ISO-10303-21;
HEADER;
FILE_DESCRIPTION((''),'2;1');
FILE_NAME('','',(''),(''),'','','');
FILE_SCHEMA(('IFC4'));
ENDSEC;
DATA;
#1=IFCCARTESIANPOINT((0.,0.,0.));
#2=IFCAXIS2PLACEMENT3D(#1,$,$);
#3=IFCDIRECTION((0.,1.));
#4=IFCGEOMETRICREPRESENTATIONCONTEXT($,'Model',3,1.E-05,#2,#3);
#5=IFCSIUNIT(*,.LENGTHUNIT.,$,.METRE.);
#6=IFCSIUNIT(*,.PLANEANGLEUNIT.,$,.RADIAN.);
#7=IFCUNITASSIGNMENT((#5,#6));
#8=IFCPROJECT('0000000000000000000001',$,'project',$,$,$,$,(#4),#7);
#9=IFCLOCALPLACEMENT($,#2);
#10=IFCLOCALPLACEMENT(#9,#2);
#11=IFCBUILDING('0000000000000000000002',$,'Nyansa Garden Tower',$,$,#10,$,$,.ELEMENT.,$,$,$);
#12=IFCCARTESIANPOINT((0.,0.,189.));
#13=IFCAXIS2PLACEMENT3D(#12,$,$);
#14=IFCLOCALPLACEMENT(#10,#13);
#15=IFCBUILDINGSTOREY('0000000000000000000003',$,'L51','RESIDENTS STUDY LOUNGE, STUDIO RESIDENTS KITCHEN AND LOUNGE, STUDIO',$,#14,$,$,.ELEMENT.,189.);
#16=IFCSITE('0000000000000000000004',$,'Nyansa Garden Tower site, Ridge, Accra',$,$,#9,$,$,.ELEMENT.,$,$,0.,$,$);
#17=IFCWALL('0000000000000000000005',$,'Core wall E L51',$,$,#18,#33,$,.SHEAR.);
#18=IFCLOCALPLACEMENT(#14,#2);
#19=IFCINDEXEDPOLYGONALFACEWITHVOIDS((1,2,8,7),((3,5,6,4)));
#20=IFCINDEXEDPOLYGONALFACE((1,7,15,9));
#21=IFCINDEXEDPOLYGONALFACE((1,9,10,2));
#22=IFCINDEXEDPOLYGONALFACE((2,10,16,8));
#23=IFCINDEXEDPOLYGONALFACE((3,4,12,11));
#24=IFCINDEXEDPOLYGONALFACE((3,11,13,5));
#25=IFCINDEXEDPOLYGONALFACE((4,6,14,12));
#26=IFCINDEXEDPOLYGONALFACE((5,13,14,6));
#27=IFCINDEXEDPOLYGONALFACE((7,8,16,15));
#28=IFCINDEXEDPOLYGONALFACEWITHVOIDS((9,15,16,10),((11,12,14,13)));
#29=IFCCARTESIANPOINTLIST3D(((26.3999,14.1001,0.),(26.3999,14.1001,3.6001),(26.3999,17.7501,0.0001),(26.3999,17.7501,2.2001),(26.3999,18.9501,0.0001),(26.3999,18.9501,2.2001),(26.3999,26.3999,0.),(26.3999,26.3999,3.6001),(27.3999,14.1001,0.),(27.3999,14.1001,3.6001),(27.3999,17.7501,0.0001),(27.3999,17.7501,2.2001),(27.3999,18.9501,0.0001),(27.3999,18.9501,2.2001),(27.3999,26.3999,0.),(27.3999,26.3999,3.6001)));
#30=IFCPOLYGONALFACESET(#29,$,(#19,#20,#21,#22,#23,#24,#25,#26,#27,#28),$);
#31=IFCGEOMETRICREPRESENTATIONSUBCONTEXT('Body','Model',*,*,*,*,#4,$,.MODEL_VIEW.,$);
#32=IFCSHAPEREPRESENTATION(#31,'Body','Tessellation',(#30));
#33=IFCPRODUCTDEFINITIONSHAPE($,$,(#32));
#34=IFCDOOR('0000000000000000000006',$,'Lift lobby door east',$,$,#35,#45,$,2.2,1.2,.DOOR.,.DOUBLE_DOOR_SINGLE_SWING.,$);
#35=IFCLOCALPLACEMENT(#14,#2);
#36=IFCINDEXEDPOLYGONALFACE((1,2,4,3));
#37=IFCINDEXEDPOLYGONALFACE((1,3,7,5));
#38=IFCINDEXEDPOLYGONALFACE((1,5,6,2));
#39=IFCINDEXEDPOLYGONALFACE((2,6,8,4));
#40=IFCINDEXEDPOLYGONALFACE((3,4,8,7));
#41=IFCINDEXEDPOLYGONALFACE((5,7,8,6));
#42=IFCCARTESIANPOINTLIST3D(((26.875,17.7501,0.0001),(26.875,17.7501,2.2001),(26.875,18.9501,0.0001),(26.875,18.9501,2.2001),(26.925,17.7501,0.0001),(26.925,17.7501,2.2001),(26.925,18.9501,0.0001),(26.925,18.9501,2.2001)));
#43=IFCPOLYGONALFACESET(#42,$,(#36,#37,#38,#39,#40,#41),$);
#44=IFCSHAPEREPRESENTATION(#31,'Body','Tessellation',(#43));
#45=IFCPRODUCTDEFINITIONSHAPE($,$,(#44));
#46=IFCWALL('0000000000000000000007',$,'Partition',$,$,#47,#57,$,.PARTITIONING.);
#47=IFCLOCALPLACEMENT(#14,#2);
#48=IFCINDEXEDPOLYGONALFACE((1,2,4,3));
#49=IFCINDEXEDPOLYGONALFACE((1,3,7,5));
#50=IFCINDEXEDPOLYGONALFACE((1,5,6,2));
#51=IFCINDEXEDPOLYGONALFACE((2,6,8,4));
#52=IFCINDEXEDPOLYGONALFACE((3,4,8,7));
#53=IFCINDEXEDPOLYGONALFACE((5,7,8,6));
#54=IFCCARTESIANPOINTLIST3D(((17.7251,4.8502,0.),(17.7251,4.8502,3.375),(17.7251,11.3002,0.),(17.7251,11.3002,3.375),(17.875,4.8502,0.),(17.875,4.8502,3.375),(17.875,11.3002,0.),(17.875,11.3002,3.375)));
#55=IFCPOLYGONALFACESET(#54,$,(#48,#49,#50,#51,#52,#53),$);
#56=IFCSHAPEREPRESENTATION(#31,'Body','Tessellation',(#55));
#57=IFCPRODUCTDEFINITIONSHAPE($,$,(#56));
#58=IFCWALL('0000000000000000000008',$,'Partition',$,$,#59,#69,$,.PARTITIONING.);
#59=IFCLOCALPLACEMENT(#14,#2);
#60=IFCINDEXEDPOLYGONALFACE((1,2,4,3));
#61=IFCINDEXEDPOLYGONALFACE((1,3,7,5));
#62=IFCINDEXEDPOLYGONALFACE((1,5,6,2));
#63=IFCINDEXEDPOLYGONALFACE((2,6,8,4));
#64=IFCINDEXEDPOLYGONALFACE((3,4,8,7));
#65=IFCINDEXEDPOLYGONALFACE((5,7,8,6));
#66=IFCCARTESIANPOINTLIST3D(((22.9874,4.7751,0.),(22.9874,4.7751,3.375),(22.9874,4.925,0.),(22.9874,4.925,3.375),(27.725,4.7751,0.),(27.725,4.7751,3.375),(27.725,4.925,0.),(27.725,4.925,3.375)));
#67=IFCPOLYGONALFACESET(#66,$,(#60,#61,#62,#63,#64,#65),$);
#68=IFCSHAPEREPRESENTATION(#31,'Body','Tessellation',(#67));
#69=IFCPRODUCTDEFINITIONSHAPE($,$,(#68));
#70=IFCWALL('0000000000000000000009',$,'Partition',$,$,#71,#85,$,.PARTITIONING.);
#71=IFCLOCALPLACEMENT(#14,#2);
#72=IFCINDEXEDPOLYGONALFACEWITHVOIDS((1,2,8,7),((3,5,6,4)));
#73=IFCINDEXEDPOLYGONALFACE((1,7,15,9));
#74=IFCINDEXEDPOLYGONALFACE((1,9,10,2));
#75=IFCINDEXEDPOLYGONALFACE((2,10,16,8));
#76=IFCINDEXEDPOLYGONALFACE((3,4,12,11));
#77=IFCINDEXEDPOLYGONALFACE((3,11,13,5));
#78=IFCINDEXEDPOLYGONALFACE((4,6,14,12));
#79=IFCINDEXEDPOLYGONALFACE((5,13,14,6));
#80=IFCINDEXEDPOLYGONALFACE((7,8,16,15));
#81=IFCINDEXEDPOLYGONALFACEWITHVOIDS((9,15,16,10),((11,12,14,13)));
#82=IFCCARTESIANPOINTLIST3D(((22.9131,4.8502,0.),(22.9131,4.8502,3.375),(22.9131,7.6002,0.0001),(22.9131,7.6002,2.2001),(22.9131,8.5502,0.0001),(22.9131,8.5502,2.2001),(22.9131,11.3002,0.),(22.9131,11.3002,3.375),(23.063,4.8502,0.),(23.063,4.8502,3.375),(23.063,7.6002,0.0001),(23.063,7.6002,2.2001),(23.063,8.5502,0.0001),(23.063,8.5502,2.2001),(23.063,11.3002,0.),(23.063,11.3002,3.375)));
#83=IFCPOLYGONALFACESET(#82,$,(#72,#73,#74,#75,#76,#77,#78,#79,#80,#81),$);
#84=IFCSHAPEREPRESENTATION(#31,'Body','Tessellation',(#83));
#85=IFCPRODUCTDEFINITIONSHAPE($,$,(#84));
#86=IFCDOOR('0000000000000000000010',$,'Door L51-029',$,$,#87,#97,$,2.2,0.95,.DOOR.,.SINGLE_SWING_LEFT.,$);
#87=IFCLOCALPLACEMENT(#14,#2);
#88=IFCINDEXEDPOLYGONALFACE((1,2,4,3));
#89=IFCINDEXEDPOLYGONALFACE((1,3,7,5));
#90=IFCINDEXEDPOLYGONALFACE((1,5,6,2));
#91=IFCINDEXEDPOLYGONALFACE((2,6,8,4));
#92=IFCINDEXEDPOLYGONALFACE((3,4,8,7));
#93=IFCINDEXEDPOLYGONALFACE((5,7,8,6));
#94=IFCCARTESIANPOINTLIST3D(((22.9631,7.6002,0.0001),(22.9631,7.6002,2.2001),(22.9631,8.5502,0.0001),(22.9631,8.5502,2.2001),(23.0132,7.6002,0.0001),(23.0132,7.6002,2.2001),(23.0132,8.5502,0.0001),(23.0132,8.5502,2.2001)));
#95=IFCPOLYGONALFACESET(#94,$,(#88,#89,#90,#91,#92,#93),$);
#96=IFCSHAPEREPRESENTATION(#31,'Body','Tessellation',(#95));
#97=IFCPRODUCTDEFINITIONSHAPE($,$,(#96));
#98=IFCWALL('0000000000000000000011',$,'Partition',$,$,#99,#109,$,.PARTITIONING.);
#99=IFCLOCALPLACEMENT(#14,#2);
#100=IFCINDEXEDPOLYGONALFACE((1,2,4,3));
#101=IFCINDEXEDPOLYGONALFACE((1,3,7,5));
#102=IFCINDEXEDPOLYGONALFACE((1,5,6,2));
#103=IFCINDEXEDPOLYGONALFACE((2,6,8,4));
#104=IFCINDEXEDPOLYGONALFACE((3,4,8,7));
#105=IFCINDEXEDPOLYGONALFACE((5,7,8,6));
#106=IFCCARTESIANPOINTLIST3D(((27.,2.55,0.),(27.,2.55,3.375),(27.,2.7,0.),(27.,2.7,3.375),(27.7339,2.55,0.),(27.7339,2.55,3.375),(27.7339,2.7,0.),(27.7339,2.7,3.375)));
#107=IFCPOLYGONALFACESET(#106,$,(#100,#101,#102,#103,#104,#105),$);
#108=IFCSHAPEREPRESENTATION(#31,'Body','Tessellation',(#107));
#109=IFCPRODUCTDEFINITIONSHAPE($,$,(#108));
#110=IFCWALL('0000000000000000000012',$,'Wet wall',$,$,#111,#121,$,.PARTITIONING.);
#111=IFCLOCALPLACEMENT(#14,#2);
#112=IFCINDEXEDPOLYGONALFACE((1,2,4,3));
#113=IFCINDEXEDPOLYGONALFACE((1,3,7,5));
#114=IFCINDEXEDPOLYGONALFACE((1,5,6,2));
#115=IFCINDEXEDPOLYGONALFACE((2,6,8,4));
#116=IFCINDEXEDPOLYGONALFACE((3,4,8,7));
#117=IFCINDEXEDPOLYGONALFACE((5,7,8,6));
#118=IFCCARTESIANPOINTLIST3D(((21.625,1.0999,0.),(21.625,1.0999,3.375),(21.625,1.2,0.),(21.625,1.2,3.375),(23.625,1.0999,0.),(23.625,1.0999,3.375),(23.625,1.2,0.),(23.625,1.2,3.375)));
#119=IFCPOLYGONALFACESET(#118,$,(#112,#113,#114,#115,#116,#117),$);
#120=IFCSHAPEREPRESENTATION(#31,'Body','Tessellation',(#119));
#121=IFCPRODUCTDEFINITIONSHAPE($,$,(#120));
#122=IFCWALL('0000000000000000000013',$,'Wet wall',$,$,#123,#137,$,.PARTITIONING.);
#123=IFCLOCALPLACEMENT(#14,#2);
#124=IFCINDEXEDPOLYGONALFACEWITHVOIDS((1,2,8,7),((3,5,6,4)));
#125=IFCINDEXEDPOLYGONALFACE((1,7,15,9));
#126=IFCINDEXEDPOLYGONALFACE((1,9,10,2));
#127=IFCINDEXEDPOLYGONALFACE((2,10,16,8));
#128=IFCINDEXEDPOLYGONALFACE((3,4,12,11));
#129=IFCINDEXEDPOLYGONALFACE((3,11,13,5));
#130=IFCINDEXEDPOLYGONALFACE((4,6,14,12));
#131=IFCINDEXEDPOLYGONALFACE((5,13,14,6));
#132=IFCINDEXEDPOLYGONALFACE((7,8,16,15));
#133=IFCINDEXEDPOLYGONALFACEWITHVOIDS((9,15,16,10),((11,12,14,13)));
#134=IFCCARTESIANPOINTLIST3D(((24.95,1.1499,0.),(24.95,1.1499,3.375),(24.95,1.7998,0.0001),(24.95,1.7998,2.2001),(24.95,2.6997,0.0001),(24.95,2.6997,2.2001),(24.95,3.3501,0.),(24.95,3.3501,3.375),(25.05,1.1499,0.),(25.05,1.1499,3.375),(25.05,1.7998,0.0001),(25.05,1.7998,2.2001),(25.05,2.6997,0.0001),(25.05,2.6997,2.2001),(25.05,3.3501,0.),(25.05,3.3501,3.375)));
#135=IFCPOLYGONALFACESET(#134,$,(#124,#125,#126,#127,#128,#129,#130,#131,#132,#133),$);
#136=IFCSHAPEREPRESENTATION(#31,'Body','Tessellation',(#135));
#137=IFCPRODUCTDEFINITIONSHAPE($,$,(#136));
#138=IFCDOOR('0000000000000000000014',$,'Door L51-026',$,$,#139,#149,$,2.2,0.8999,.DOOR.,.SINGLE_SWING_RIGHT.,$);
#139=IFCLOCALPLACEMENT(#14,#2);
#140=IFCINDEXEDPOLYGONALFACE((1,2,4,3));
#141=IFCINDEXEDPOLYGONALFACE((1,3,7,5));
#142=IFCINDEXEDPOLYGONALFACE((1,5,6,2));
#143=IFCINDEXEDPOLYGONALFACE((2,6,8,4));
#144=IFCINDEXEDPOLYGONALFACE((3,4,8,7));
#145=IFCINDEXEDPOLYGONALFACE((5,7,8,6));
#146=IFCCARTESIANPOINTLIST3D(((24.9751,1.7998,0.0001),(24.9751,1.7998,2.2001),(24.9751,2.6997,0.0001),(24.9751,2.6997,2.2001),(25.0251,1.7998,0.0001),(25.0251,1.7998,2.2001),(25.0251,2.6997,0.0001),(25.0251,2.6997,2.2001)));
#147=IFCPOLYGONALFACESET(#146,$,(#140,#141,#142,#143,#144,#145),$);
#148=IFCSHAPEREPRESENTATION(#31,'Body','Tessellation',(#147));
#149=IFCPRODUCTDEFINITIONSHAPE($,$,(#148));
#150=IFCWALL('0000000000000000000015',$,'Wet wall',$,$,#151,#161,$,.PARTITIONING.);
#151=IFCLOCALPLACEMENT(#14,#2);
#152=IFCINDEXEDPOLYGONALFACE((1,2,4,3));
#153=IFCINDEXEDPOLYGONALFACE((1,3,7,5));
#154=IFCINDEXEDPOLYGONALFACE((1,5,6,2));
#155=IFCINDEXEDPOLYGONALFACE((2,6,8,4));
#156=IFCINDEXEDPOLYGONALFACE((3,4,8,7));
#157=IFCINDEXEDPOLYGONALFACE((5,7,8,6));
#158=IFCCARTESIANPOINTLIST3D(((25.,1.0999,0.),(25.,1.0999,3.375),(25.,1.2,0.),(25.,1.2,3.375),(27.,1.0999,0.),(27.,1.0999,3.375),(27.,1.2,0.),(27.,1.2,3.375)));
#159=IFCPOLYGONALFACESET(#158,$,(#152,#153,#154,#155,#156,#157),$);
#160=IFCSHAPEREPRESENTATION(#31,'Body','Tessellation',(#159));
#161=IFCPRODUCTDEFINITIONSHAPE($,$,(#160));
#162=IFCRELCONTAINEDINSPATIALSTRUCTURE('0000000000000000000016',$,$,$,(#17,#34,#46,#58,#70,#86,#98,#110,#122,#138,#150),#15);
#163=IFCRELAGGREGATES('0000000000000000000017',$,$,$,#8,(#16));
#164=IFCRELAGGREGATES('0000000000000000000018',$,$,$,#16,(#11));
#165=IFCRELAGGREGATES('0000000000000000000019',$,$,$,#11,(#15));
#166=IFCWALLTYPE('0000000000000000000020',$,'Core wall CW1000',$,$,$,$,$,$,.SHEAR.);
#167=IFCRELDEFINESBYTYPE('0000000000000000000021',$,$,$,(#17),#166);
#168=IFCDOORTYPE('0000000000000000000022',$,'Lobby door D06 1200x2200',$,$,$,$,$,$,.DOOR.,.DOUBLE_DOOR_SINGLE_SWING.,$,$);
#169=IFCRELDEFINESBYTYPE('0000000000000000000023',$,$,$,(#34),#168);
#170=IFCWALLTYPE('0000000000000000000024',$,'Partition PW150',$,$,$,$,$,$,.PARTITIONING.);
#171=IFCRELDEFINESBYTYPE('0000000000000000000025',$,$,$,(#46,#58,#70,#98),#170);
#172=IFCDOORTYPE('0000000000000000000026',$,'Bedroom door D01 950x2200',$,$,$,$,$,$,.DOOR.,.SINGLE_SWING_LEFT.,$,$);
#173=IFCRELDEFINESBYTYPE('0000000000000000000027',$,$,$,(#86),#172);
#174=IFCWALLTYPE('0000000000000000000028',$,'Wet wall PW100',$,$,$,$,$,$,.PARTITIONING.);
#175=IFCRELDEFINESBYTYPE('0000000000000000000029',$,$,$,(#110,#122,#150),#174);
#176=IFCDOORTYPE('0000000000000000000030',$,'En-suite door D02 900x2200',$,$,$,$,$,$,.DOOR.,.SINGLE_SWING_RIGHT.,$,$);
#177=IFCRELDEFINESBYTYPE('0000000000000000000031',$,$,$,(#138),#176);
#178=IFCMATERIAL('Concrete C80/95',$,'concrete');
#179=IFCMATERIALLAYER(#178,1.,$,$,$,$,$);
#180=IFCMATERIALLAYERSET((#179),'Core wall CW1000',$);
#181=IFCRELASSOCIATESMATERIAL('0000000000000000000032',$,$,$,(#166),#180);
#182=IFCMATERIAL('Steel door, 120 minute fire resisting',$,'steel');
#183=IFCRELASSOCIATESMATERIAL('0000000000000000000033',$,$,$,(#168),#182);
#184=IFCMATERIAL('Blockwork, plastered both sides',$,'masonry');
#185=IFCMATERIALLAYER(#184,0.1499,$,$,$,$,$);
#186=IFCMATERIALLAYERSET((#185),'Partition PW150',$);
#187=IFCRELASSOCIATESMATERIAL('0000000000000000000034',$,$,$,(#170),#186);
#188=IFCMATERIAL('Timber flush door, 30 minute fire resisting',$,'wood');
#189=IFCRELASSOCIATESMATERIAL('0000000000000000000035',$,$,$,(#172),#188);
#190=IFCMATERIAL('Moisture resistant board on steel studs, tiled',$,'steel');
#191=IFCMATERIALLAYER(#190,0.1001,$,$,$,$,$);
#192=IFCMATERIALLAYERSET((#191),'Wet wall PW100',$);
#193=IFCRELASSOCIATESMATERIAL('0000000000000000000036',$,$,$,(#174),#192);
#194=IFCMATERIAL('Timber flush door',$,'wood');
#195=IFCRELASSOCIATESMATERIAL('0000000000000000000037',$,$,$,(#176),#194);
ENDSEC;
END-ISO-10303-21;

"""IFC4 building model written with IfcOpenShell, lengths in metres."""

from ifc_helpers import new_model, si_unit, direction, frame, frame_2d, origin, place, context, subcontext, project, spatial, rectangle, extrude, material, layer, layer_set, type_object, element, fill, save


model = new_model("IFC4")

# Units and contexts
model_context = context("Model", 3, precision=1e-05, world=origin(), true_north=direction((0.0, 1.0)))
body_context = subcontext(model_context, "Body", "Model", "MODEL_VIEW")
ifc_project = project(units=[si_unit("LENGTHUNIT", "METRE"), si_unit("PLANEANGLEUNIT", "RADIAN")], contexts=[model_context])

# Site, building, storey
site_placement = place(None, origin())
site = spatial("IfcSite", under=ifc_project, at=site_placement, Name="Nyansa Garden Tower site, Ridge, Accra", CompositionType="ELEMENT", RefElevation=0.0)
building_placement = place(site_placement, origin())
building = spatial("IfcBuilding", under=site, at=building_placement, Name="Nyansa Garden Tower", CompositionType="ELEMENT")
storey_placement = place(building_placement, frame((0.0, 0.0, 189.0)))
storey = spatial("IfcBuildingStorey", under=building, at=storey_placement, Name="L51", Description="RESIDENTS STUDY LOUNGE, STUDIO RESIDENTS KITCHEN AND LOUNGE, STUDIO", CompositionType="ELEMENT", Elevation=189.0)

# Wall, opening, door
ifc_material_1 = material(Name="Concrete C80/95", Category="concrete")
ifc_layer_1 = layer(ifc_material_1, 1.0)
ifc_layer_set_1 = layer_set([ifc_layer_1], Name="Core wall CW1000")
wall_type_1 = type_object("IfcWallType", Name="Core wall CW1000", PredefinedType="SHEAR", material=ifc_layer_set_1)
wall_1_placement = place(storey_placement, frame((26.8999, 14.1001, 0.0), z_axis=(0.0, 0.0, 1.0), x_axis=(0.0, 1.0, 0.0)))
wall_1 = element("IfcWall", 1, at=wall_1_placement, inside=storey, type_object=wall_type_1, Name="Core wall E L51", PredefinedType="SHEAR", context=body_context, shape_type="SweptSolid", body=[
    extrude(rectangle(XDim=12.2998, YDim=1.0, at=frame_2d((6.1499, 0.0))), origin(), (0.0, 0.0, 1.0), 3.6001),
])
opening_1_placement = place(wall_1_placement, frame((3.6499, 0.0, 0.0)))
opening_1 = element("IfcOpeningElement", 2, at=opening_1_placement, cuts=wall_1, PredefinedType="OPENING", context=body_context, shape_type="SweptSolid", body=[
    extrude(rectangle(XDim=1.2, YDim=2.2, at=frame_2d((0.6001, 1.1001))), frame((0.0, 0.51, 0.0), z_axis=(0.0, -1.0, 0.0), x_axis=(1.0, 0.0, 0.0)), (0.0, 0.0, 1.0), 1.02),
])
ifc_material_2 = material(Name="Steel door, 120 minute fire resisting", Category="steel")
door_type_1 = type_object("IfcDoorType", Name="Lobby door D06 1200x2200", OperationType="DOUBLE_DOOR_SINGLE_SWING", PredefinedType="DOOR", material=ifc_material_2)
door_1_placement = place(opening_1_placement, origin())
door_1 = element("IfcDoor", 3, at=door_1_placement, inside=storey, type_object=door_type_1, Name="Lift lobby door east", OperationType="DOUBLE_DOOR_SINGLE_SWING", OverallHeight=2.2, OverallWidth=1.2, PredefinedType="DOOR", context=body_context, shape_type="SweptSolid", body=[
    extrude(rectangle(XDim=1.2, YDim=2.2, at=frame_2d((0.6001, 1.1001))), frame((0.0, 0.0249, 0.0), z_axis=(0.0, -1.0, 0.0), x_axis=(1.0, 0.0, 0.0)), (0.0, 0.0, 1.0), 0.05),
])
fill(opening_1, door_1)

# Walls
ifc_material_3 = material(Name="Blockwork, plastered both sides", Category="masonry")
ifc_layer_2 = layer(ifc_material_3, 0.1499)
ifc_layer_set_2 = layer_set([ifc_layer_2], Name="Partition PW150")
wall_type_2 = type_object("IfcWallType", Name="Partition PW150", PredefinedType="PARTITIONING", material=ifc_layer_set_2)
wall_2_placement = place(storey_placement, frame((17.8, 4.8501, 0.0), z_axis=(0.0, 0.0, 1.0), x_axis=(0.0, 1.0, 0.0)))
element("IfcWall", 4, at=wall_2_placement, inside=storey, type_object=wall_type_2, Name="Partition", PredefinedType="PARTITIONING", context=body_context, shape_type="SweptSolid", body=[
    extrude(rectangle(XDim=6.45, YDim=0.1499, at=frame_2d((3.2251, 0.0))), origin(), (0.0, 0.0, 1.0), 3.375),
])
wall_3_placement = place(storey_placement, frame((22.9875, 4.8501, 0.0), z_axis=(0.0, 0.0, 1.0), x_axis=(1.0, 0.0, 0.0)))
element("IfcWall", 5, at=wall_3_placement, inside=storey, type_object=wall_type_2, Name="Partition", PredefinedType="PARTITIONING", context=body_context, shape_type="SweptSolid", body=[
    extrude(rectangle(XDim=4.7375, YDim=0.1499, at=frame_2d((2.3687, 0.0))), origin(), (0.0, 0.0, 1.0), 3.375),
])

# Wall, opening, door
wall_4_placement = place(storey_placement, frame((22.988, 4.8501, 0.0), z_axis=(0.0, 0.0, 1.0), x_axis=(0.0, 1.0, 0.0)))
wall_4 = element("IfcWall", 6, at=wall_4_placement, inside=storey, type_object=wall_type_2, Name="Partition", PredefinedType="PARTITIONING", context=body_context, shape_type="SweptSolid", body=[
    extrude(rectangle(XDim=6.45, YDim=0.1499, at=frame_2d((3.2251, 0.0))), origin(), (0.0, 0.0, 1.0), 3.375),
])
opening_2_placement = place(wall_4_placement, frame((2.75, 0.0, 0.0)))
opening_2 = element("IfcOpeningElement", 7, at=opening_2_placement, cuts=wall_4, PredefinedType="OPENING", context=body_context, shape_type="SweptSolid", body=[
    extrude(rectangle(XDim=0.95, YDim=2.2, at=frame_2d((0.4751, 1.1001))), frame((0.0, 0.085, 0.0), z_axis=(0.0, -1.0, 0.0), x_axis=(1.0, 0.0, 0.0)), (0.0, 0.0, 1.0), 0.1699),
])
ifc_material_4 = material(Name="Timber flush door, 30 minute fire resisting", Category="wood")
door_type_2 = type_object("IfcDoorType", Name="Bedroom door D01 950x2200", OperationType="SINGLE_SWING_LEFT", PredefinedType="DOOR", material=ifc_material_4)
door_2_placement = place(opening_2_placement, origin())
door_2 = element("IfcDoor", 8, at=door_2_placement, inside=storey, type_object=door_type_2, Name="Door L51-029", OperationType="SINGLE_SWING_LEFT", OverallHeight=2.2, OverallWidth=0.95, PredefinedType="DOOR", context=body_context, shape_type="SweptSolid", body=[
    extrude(rectangle(XDim=0.95, YDim=2.2, at=frame_2d((0.4751, 1.1001))), frame((0.0, 0.0249, 0.0), z_axis=(0.0, -1.0, 0.0), x_axis=(1.0, 0.0, 0.0)), (0.0, 0.0, 1.0), 0.05),
])
fill(opening_2, door_2)

# Walls
wall_5_placement = place(storey_placement, frame((27.0, 2.625, 0.0), z_axis=(0.0, 0.0, 1.0), x_axis=(1.0, 0.0, 0.0)))
element("IfcWall", 9, at=wall_5_placement, inside=storey, type_object=wall_type_2, Name="Partition", PredefinedType="PARTITIONING", context=body_context, shape_type="SweptSolid", body=[
    extrude(rectangle(XDim=0.7339, YDim=0.1499, at=frame_2d((0.3669, 0.0))), origin(), (0.0, 0.0, 1.0), 3.375),
])
ifc_material_5 = material(Name="Moisture resistant board on steel studs, tiled", Category="steel")
ifc_layer_3 = layer(ifc_material_5, 0.1001)
ifc_layer_set_3 = layer_set([ifc_layer_3], Name="Wet wall PW100")
wall_type_3 = type_object("IfcWallType", Name="Wet wall PW100", PredefinedType="PARTITIONING", material=ifc_layer_set_3)
wall_6_placement = place(storey_placement, frame((21.625, 1.1499, 0.0), z_axis=(0.0, 0.0, 1.0), x_axis=(1.0, 0.0, 0.0)))
element("IfcWall", 10, at=wall_6_placement, inside=storey, type_object=wall_type_3, Name="Wet wall", PredefinedType="PARTITIONING", context=body_context, shape_type="SweptSolid", body=[
    extrude(rectangle(XDim=2.0, YDim=0.1001, at=frame_2d((1.0, 0.0))), origin(), (0.0, 0.0, 1.0), 3.375),
])

# Wall, opening, door
wall_7_placement = place(storey_placement, frame((25.0, 1.1499, 0.0), z_axis=(0.0, 0.0, 1.0), x_axis=(0.0, 1.0, 0.0)))
wall_7 = element("IfcWall", 11, at=wall_7_placement, inside=storey, type_object=wall_type_3, Name="Wet wall", PredefinedType="PARTITIONING", context=body_context, shape_type="SweptSolid", body=[
    extrude(rectangle(XDim=2.2002, YDim=0.1001, at=frame_2d((1.1001, 0.0))), origin(), (0.0, 0.0, 1.0), 3.375),
])
opening_3_placement = place(wall_7_placement, frame((0.6499, 0.0, 0.0)))
opening_3 = element("IfcOpeningElement", 12, at=opening_3_placement, cuts=wall_7, PredefinedType="OPENING", context=body_context, shape_type="SweptSolid", body=[
    extrude(rectangle(XDim=0.8999, YDim=2.2, at=frame_2d((0.45, 1.1001))), frame((0.0, 0.0601, 0.0), z_axis=(0.0, -1.0, 0.0), x_axis=(1.0, 0.0, 0.0)), (0.0, 0.0, 1.0), 0.1201),
])
ifc_material_6 = material(Name="Timber flush door", Category="wood")
door_type_3 = type_object("IfcDoorType", Name="En-suite door D02 900x2200", OperationType="SINGLE_SWING_RIGHT", PredefinedType="DOOR", material=ifc_material_6)
door_3_placement = place(opening_3_placement, origin())
door_3 = element("IfcDoor", 13, at=door_3_placement, inside=storey, type_object=door_type_3, Name="Door L51-026", OperationType="SINGLE_SWING_RIGHT", OverallHeight=2.2, OverallWidth=0.8999, PredefinedType="DOOR", context=body_context, shape_type="SweptSolid", body=[
    extrude(rectangle(XDim=0.8999, YDim=2.2, at=frame_2d((0.45, 1.1001))), frame((0.0, 0.0249, 0.0), z_axis=(0.0, -1.0, 0.0), x_axis=(1.0, 0.0, 0.0)), (0.0, 0.0, 1.0), 0.05),
])
fill(opening_3, door_3)

# Wall
wall_8_placement = place(storey_placement, frame((25.0, 1.1499, 0.0), z_axis=(0.0, 0.0, 1.0), x_axis=(1.0, 0.0, 0.0)))
element("IfcWall", 14, at=wall_8_placement, inside=storey, type_object=wall_type_3, Name="Wet wall", PredefinedType="PARTITIONING", context=body_context, shape_type="SweptSolid", body=[
    extrude(rectangle(XDim=2.0, YDim=0.1001, at=frame_2d((1.0, 0.0))), origin(), (0.0, 0.0, 1.0), 3.375),
])

save(model, "model.ifc")
